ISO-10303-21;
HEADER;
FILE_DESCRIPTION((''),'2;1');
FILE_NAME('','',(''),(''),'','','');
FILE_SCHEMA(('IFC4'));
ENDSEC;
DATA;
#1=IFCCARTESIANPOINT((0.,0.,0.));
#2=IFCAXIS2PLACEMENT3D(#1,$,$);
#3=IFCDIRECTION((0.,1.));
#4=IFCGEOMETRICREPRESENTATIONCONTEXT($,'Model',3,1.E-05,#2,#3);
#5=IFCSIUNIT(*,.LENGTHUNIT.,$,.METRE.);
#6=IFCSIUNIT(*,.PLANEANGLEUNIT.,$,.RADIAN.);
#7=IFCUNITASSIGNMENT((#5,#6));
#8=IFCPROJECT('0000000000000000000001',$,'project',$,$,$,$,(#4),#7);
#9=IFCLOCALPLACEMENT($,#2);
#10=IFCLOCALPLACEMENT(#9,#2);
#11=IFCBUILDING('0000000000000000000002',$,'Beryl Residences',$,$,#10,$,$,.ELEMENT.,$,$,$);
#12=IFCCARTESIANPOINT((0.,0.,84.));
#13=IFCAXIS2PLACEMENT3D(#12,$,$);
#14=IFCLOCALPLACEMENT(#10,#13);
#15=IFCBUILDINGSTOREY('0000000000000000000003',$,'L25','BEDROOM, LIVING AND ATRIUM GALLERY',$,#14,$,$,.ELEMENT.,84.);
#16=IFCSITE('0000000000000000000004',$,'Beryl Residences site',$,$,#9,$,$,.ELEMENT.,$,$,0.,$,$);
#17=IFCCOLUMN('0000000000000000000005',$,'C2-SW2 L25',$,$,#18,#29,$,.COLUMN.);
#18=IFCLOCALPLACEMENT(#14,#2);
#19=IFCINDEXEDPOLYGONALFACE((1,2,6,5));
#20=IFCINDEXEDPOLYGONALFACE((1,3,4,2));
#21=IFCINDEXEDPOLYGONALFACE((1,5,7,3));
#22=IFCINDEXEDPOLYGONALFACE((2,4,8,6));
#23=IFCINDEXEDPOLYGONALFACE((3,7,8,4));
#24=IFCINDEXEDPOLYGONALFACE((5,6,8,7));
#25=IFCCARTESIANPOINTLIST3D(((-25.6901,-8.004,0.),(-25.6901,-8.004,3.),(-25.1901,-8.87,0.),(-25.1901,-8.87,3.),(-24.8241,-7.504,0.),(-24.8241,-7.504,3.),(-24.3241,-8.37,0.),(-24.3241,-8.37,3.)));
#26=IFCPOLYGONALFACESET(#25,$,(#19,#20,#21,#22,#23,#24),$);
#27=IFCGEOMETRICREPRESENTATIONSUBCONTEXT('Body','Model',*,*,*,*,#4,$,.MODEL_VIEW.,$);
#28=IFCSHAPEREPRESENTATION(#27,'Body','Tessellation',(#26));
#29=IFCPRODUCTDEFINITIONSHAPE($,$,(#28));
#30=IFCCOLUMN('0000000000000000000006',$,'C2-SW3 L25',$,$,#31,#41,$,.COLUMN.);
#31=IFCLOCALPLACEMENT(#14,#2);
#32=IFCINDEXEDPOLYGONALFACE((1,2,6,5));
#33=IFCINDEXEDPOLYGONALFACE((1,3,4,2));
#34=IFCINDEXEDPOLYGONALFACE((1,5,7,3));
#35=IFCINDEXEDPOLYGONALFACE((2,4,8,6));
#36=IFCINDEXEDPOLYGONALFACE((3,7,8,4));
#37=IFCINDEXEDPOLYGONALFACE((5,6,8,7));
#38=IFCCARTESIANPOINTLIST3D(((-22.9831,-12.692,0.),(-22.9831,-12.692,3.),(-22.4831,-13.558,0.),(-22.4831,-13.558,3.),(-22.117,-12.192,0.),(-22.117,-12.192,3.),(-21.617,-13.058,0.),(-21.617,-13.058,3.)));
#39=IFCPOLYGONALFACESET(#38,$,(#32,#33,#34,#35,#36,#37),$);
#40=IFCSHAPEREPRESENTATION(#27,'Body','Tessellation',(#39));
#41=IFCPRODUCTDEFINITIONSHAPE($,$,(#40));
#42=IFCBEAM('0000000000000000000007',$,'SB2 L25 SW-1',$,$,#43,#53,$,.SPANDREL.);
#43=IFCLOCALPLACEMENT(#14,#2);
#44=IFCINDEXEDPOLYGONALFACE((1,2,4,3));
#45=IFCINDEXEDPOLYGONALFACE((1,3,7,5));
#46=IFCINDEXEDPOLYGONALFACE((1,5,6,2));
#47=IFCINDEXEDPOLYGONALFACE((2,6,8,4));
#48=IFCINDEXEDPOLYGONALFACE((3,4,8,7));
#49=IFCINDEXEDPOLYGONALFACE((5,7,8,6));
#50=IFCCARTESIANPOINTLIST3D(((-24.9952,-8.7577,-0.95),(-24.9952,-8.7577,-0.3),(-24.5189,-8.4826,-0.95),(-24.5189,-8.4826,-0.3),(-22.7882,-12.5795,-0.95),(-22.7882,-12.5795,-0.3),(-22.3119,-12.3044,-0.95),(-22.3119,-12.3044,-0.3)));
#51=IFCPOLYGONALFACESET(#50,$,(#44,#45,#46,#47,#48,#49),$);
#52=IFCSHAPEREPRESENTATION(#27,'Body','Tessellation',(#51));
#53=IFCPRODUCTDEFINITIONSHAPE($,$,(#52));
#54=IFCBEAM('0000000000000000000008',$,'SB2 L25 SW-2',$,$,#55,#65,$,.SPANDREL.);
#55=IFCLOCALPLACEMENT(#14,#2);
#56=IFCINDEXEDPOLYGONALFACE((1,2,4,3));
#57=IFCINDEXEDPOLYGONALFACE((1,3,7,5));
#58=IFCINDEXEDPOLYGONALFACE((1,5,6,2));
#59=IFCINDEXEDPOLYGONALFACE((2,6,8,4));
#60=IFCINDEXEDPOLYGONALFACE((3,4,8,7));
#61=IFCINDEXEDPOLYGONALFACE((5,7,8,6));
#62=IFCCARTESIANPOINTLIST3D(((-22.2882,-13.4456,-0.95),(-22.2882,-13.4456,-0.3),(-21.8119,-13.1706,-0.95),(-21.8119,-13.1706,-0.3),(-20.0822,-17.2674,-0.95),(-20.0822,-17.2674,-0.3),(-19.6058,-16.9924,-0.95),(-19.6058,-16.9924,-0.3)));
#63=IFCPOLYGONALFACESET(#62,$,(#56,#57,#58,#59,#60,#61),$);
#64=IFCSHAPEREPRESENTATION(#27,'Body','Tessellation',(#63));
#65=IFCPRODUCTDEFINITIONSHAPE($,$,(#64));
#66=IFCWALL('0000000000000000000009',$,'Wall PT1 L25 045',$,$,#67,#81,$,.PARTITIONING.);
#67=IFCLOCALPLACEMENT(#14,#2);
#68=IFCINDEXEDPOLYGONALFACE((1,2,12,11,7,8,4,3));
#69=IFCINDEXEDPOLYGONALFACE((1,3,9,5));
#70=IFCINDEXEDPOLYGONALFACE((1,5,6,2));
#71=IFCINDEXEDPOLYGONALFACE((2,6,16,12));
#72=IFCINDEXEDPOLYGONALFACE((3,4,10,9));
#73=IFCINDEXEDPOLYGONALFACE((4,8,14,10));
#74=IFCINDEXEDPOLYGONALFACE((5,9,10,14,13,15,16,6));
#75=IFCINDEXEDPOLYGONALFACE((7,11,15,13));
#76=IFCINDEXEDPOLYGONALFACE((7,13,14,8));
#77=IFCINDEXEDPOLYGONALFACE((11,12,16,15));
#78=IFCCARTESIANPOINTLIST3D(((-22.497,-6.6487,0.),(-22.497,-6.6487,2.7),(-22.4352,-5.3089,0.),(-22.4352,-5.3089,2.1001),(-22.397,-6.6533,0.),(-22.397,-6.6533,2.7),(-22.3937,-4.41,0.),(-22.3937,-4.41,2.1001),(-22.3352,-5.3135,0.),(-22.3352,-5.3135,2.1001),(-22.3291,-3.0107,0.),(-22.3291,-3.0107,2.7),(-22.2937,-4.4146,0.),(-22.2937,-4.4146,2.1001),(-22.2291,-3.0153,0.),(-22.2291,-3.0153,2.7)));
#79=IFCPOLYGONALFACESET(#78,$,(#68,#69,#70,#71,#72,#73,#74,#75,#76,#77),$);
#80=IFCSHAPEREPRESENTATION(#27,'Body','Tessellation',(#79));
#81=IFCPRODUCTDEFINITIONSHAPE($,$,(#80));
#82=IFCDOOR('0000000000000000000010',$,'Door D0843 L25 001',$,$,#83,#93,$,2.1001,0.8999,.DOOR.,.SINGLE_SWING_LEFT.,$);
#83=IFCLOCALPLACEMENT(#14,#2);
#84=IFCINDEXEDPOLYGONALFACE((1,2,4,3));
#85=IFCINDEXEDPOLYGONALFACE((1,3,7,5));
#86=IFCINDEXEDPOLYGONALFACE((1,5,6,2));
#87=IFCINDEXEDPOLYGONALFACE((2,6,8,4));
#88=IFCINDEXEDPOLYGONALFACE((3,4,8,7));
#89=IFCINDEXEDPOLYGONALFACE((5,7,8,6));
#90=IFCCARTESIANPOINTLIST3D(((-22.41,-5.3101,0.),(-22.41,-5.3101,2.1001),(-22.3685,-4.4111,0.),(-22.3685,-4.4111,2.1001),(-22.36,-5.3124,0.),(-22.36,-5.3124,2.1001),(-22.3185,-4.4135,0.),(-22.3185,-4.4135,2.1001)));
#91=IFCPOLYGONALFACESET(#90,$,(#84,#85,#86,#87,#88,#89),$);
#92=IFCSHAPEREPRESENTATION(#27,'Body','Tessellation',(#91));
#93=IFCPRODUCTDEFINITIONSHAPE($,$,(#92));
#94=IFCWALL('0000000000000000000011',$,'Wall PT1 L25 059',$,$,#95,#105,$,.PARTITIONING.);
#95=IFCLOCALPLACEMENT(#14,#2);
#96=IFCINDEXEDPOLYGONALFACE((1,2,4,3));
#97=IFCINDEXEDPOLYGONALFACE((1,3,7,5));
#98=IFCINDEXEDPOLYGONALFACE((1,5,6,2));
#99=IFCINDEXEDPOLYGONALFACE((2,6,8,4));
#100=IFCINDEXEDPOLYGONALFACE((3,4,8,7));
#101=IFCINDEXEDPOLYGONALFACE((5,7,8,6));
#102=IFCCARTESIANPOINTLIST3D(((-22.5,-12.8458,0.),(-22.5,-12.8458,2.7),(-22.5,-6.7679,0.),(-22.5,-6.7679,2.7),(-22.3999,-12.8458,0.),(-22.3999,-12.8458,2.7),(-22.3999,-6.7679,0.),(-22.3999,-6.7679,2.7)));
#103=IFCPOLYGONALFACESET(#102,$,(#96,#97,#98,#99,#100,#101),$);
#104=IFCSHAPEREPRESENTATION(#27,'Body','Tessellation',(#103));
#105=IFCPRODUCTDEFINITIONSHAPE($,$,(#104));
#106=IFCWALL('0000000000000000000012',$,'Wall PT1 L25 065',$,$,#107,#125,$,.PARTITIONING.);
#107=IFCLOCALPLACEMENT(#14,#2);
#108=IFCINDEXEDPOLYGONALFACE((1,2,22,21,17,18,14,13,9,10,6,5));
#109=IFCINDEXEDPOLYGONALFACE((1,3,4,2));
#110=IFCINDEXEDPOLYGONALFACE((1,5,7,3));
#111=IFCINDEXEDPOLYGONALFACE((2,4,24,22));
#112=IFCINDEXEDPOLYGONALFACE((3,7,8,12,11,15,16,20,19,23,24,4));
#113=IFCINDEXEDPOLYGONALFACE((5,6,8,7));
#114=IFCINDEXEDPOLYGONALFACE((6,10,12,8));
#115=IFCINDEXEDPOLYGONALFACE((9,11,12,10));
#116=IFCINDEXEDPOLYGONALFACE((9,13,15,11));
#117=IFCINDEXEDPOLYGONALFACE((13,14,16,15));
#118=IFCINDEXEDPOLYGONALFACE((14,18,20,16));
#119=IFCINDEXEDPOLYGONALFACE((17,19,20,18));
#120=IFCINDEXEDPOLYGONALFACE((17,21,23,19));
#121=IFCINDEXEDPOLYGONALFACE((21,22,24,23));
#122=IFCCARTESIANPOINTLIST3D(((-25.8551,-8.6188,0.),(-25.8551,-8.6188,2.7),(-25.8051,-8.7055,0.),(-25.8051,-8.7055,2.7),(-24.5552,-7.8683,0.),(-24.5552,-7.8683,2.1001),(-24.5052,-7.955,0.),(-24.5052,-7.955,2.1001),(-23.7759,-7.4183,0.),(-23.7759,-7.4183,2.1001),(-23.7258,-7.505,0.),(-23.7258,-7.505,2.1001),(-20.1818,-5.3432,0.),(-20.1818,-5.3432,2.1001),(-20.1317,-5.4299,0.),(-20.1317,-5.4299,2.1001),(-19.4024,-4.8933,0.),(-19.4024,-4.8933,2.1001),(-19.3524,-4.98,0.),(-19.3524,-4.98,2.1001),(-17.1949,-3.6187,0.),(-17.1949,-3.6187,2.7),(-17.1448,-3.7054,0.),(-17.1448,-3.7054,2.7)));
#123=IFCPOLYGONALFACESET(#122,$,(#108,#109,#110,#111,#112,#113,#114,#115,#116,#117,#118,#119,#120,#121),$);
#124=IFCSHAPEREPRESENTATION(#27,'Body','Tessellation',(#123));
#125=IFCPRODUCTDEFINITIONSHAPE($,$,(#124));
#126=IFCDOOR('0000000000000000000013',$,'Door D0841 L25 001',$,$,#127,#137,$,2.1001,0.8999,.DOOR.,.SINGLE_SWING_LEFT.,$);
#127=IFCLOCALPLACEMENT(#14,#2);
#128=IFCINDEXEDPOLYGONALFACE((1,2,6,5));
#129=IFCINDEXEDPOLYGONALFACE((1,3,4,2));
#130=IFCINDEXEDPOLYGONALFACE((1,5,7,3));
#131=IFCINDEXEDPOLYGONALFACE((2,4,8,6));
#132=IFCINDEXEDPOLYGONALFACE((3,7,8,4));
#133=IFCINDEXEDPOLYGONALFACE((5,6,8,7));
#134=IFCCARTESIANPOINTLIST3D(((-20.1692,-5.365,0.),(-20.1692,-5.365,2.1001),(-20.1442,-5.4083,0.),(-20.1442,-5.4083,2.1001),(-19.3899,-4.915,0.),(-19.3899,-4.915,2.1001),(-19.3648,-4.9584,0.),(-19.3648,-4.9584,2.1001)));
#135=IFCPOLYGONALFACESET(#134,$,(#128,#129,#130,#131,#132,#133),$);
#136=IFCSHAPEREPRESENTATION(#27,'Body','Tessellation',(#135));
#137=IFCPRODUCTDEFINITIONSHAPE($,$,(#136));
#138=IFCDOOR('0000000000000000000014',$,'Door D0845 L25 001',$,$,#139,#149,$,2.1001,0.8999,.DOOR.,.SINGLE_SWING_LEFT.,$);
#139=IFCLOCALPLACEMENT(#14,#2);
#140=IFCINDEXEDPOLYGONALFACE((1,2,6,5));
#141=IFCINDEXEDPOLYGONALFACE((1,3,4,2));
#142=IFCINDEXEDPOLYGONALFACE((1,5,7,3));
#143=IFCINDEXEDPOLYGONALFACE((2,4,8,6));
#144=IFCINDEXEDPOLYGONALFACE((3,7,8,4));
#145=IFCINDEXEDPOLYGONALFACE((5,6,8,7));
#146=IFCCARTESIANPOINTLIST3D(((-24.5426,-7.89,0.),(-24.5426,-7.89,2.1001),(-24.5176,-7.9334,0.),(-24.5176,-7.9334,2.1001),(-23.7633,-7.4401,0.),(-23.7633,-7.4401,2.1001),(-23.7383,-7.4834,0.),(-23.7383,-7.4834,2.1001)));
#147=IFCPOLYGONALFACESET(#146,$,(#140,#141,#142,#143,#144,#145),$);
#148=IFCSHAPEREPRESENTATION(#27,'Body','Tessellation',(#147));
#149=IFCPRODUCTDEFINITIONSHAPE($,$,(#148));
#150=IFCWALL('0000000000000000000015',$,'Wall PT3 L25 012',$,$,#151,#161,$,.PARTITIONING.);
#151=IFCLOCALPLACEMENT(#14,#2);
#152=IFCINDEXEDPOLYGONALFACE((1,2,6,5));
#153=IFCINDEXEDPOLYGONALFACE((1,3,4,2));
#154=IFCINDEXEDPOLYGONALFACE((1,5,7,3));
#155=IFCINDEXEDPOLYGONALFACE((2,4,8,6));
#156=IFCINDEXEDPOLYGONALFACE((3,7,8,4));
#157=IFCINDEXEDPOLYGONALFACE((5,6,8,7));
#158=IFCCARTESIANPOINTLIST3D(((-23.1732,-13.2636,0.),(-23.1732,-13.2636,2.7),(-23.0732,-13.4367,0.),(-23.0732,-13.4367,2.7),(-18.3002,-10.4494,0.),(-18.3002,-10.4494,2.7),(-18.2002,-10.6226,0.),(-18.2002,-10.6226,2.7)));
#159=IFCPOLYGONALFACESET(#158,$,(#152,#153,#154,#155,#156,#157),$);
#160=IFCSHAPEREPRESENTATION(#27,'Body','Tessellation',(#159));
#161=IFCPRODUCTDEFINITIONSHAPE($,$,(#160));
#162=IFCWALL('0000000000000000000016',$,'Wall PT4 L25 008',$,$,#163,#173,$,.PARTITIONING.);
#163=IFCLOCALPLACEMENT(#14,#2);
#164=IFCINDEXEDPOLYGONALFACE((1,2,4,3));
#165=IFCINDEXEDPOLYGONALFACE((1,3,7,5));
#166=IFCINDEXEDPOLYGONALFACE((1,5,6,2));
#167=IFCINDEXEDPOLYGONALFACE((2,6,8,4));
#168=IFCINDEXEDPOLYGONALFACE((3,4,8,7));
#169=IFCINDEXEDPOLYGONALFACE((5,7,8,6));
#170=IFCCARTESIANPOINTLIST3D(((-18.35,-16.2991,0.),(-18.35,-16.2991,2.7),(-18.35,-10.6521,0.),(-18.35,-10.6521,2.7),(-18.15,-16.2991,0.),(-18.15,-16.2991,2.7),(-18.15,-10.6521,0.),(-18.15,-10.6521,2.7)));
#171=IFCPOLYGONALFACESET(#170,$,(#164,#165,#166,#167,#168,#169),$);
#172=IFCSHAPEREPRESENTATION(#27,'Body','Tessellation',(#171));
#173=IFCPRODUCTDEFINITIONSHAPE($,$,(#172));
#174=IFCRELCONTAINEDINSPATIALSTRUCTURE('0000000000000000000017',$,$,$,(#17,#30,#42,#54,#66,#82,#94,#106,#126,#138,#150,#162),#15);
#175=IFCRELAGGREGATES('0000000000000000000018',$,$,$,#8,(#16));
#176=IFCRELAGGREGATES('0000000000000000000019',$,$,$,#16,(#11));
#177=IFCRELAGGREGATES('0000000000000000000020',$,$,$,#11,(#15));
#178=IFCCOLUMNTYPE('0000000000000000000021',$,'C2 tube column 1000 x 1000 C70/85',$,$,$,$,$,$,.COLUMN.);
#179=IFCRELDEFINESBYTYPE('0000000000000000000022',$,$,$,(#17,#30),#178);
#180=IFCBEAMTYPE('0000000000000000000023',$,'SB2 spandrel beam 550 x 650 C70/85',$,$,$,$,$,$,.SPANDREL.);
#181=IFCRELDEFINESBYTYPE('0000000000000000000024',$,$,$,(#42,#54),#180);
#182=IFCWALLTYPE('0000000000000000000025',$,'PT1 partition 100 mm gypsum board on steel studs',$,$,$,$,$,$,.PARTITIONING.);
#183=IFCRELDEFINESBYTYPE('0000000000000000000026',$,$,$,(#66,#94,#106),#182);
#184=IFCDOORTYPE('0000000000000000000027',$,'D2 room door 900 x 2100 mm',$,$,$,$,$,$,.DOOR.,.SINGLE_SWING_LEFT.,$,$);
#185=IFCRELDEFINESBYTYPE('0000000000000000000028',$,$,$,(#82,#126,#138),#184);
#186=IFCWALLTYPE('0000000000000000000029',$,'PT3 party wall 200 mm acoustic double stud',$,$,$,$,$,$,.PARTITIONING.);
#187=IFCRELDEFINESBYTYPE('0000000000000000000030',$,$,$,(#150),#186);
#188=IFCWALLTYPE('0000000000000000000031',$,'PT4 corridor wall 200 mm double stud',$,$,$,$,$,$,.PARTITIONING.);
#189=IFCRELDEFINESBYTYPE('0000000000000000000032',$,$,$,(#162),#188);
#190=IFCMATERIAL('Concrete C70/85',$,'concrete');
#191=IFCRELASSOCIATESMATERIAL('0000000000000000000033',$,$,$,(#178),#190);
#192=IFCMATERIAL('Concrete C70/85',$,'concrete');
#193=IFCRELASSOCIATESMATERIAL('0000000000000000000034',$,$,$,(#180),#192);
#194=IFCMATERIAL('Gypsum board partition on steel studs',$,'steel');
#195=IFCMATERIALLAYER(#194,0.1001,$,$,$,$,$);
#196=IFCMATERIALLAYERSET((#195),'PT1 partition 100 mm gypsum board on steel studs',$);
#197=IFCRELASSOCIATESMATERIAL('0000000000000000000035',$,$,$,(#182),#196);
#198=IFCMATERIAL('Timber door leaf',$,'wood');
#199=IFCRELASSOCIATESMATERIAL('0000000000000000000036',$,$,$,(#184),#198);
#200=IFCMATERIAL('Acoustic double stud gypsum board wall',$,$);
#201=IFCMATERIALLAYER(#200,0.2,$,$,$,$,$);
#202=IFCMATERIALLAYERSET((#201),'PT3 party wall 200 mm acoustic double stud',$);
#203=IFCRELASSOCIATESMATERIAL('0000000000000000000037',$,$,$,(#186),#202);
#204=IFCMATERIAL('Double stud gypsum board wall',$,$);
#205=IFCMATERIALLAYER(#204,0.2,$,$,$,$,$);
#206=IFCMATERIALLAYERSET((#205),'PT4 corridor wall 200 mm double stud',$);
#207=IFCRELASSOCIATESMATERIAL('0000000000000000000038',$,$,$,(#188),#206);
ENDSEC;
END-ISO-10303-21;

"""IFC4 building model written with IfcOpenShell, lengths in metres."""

from ifc_helpers import new_model, si_unit, direction, frame, frame_2d, origin, origin_2d, place, context, subcontext, project, spatial, rectangle, extrude, material, layer, layer_set, material_profile, profile_set, type_object, element, fill, save


model = new_model("IFC4")

# Units and contexts
model_context = context("Model", 3, precision=1e-05, world=origin(), true_north=direction((0.0, 1.0)))
body_context = subcontext(model_context, "Body", "Model", "MODEL_VIEW")
ifc_project = project(units=[si_unit("LENGTHUNIT", "METRE"), si_unit("PLANEANGLEUNIT", "RADIAN")], contexts=[model_context])

# Site, building, storey
site_placement = place(None, origin())
site = spatial("IfcSite", under=ifc_project, at=site_placement, Name="Beryl Residences site", CompositionType="ELEMENT", RefElevation=0.0)
building_placement = place(site_placement, origin())
building = spatial("IfcBuilding", under=site, at=building_placement, Name="Beryl Residences", CompositionType="ELEMENT")
storey_placement = place(building_placement, frame((0.0, 0.0, 84.0)))
storey = spatial("IfcBuildingStorey", under=building, at=storey_placement, Name="L25", Description="BEDROOM, LIVING AND ATRIUM GALLERY", CompositionType="ELEMENT", Elevation=84.0)

# Columns
ifc_material_1 = material(Name="Concrete C70/85", Category="concrete")
ifc_material_profile_1 = material_profile(ifc_material_1, rectangle(XDim=1.0, YDim=1.0, at=origin_2d()))
ifc_profile_set_1 = profile_set([ifc_material_profile_1], Name="Concrete C70/85")
column_type = type_object("IfcColumnType", Name="C2 tube column 1000 x 1000 C70/85", PredefinedType="COLUMN", material=ifc_profile_set_1)
for number, where, z_axis, x_axis, name in (
    (1, (-25.0071, -8.187, 0.0), (0.0, 0.0, 1.0), (0.5, -0.866025, 0.0), "C2-SW2 L25"),
    (2, (-22.3, -12.875, 0.0), (0.0, 0.0, 1.0), (0.5, -0.866025, 0.0), "C2-SW3 L25"),
):
    element("IfcColumn", number, at=place(storey_placement, frame(where, z_axis=z_axis, x_axis=x_axis)), inside=storey, type_object=column_type, Name=name, PredefinedType="COLUMN", context=body_context, shape_type="SweptSolid", body=[
        extrude(rectangle(XDim=1.0, YDim=1.0, at=origin_2d()), origin(), (0.0, 0.0, 1.0), 3.0),
    ])

# Beams
ifc_material_2 = material(Name="Concrete C70/85", Category="concrete")
ifc_material_profile_2 = material_profile(ifc_material_2, rectangle(XDim=0.55, YDim=0.6499, at=origin_2d()))
ifc_profile_set_2 = profile_set([ifc_material_profile_2], Name="Concrete C70/85")
beam_type = type_object("IfcBeamType", Name="SB2 spandrel beam 550 x 650 C70/85", PredefinedType="SPANDREL", material=ifc_profile_set_2)
beam_1_placement = place(storey_placement, frame((-24.7571, -8.6201, -0.625), z_axis=(0.50009, -0.865974, 0.0), x_axis=(0.865974, 0.50009, 0.0)))
element("IfcBeam", 3, at=beam_1_placement, inside=storey, type_object=beam_type, Name="SB2 L25 SW-1", PredefinedType="SPANDREL", context=body_context, shape_type="SweptSolid", body=[
    extrude(rectangle(XDim=0.55, YDim=0.6499, at=origin_2d()), origin(), (0.0, 0.0, 1.0), 4.4133),
])
beam_2_placement = place(storey_placement, frame((-22.05, -13.3081, -0.625), z_axis=(0.499924, -0.86607, 0.0), x_axis=(0.86607, 0.499924, 0.0)))
element("IfcBeam", 4, at=beam_2_placement, inside=storey, type_object=beam_type, Name="SB2 L25 SW-2", PredefinedType="SPANDREL", context=body_context, shape_type="SweptSolid", body=[
    extrude(rectangle(XDim=0.55, YDim=0.6499, at=origin_2d()), origin(), (0.0, 0.0, 1.0), 4.4128),
])

# Wall, opening, door
ifc_material_3 = material(Name="Gypsum board partition on steel studs", Category="steel")
ifc_layer_1 = layer(ifc_material_3, 0.1001)
ifc_layer_set_1 = layer_set([ifc_layer_1], Name="PT1 partition 100 mm gypsum board on steel studs")
wall_type_1 = type_object("IfcWallType", Name="PT1 partition 100 mm gypsum board on steel studs", PredefinedType="PARTITIONING", material=ifc_layer_set_1)
wall_1_placement = place(storey_placement, frame((-22.447, -6.6509, 0.0), z_axis=(0.0, 0.0, 1.0), x_axis=(0.046122, 0.998936, 0.0)))
wall_1 = element("IfcWall", 5, at=wall_1_placement, inside=storey, type_object=wall_type_1, Name="Wall PT1 L25 045", PredefinedType="PARTITIONING", context=body_context, shape_type="SweptSolid", body=[
    extrude(rectangle(XDim=3.6418, YDim=0.1001, at=frame_2d((1.8208, 0.0))), origin(), (0.0, 0.0, 1.0), 2.7),
])
opening_1_placement = place(wall_1_placement, frame((1.3411, 0.0, 0.0)))
opening_1 = element("IfcOpeningElement", 6, at=opening_1_placement, cuts=wall_1, PredefinedType="OPENING", context=body_context, shape_type="SweptSolid", body=[
    extrude(rectangle(XDim=0.8999, YDim=2.1001, at=frame_2d((0.45, 1.05))), frame((0.0, 0.0601, 0.0), z_axis=(0.0, -1.0, 0.0), x_axis=(1.0, 0.0, 0.0)), (0.0, 0.0, 1.0), 0.1201),
])
ifc_material_4 = material(Name="Timber door leaf", Category="wood")
door_type_1 = type_object("IfcDoorType", Name="D2 room door 900 x 2100 mm", OperationType="SINGLE_SWING_LEFT", PredefinedType="DOOR", material=ifc_material_4)
door_1_placement = place(opening_1_placement, origin())
door_1 = element("IfcDoor", 7, at=door_1_placement, inside=storey, type_object=door_type_1, Name="Door D0843 L25 001", OperationType="SINGLE_SWING_LEFT", OverallHeight=2.1001, OverallWidth=0.8999, PredefinedType="DOOR", context=body_context, shape_type="SweptSolid", body=[
    extrude(rectangle(XDim=0.8999, YDim=2.1001, at=frame_2d((0.45, 1.05))), frame((0.0, 0.0249, 0.0), z_axis=(0.0, -1.0, 0.0), x_axis=(1.0, 0.0, 0.0)), (0.0, 0.0, 1.0), 0.05),
])
fill(opening_1, door_1)

# Wall
wall_2_placement = place(storey_placement, frame((-22.45, -12.8459, 0.0), z_axis=(0.0, 0.0, 1.0), x_axis=(0.0, 1.0, 0.0)))
element("IfcWall", 8, at=wall_2_placement, inside=storey, type_object=wall_type_1, Name="Wall PT1 L25 059", PredefinedType="PARTITIONING", context=body_context, shape_type="SweptSolid", body=[
    extrude(rectangle(XDim=6.0779, YDim=0.1001, at=frame_2d((3.0391, 0.0))), origin(), (0.0, 0.0, 1.0), 2.7),
])

# Wall, openings, doors
wall_3_placement = place(storey_placement, frame((-25.8301, -8.6621, 0.0), z_axis=(0.0, 0.0, 1.0), x_axis=(0.866023, 0.500004, 0.0)))
wall_3 = element("IfcWall", 9, at=wall_3_placement, inside=storey, type_object=wall_type_1, Name="Wall PT1 L25 065", PredefinedType="PARTITIONING", context=body_context, shape_type="SweptSolid", body=[
    extrude(rectangle(XDim=10.0, YDim=0.1001, at=frame_2d((5.0, 0.0))), origin(), (0.0, 0.0, 1.0), 2.7),
])
opening_2_placement = place(wall_3_placement, frame((6.551, 0.0, 0.0)))
opening_2 = element("IfcOpeningElement", 10, at=opening_2_placement, cuts=wall_3, PredefinedType="OPENING", context=body_context, shape_type="SweptSolid", body=[
    extrude(rectangle(XDim=0.8999, YDim=2.1001, at=frame_2d((0.45, 1.05))), frame((0.0, 0.0601, 0.0), z_axis=(0.0, -1.0, 0.0), x_axis=(1.0, 0.0, 0.0)), (0.0, 0.0, 1.0), 0.1201),
])
opening_3_placement = place(wall_3_placement, frame((1.501, 0.0, 0.0)))
opening_3 = element("IfcOpeningElement", 11, at=opening_3_placement, cuts=wall_3, PredefinedType="OPENING", context=body_context, shape_type="SweptSolid", body=[
    extrude(rectangle(XDim=0.8999, YDim=2.1001, at=frame_2d((0.45, 1.05))), frame((0.0, 0.0601, 0.0), z_axis=(0.0, -1.0, 0.0), x_axis=(1.0, 0.0, 0.0)), (0.0, 0.0, 1.0), 0.1201),
])
door_2_placement = place(opening_2_placement, origin())
door_2 = element("IfcDoor", 12, at=door_2_placement, inside=storey, type_object=door_type_1, Name="Door D0841 L25 001", OperationType="SINGLE_SWING_LEFT", OverallHeight=2.1001, OverallWidth=0.8999, PredefinedType="DOOR", context=body_context, shape_type="SweptSolid", body=[
    extrude(rectangle(XDim=0.8999, YDim=2.1001, at=frame_2d((0.45, 1.05))), frame((0.0, 0.0249, 0.0), z_axis=(0.0, -1.0, 0.0), x_axis=(1.0, 0.0, 0.0)), (0.0, 0.0, 1.0), 0.05),
])
fill(opening_2, door_2)
door_3_placement = place(opening_3_placement, origin())
door_3 = element("IfcDoor", 13, at=door_3_placement, inside=storey, type_object=door_type_1, Name="Door D0845 L25 001", OperationType="SINGLE_SWING_LEFT", OverallHeight=2.1001, OverallWidth=0.8999, PredefinedType="DOOR", context=body_context, shape_type="SweptSolid", body=[
    extrude(rectangle(XDim=0.8999, YDim=2.1001, at=frame_2d((0.45, 1.05))), frame((0.0, 0.0249, 0.0), z_axis=(0.0, -1.0, 0.0), x_axis=(1.0, 0.0, 0.0)), (0.0, 0.0, 1.0), 0.05),
])
fill(opening_3, door_3)

# Walls
ifc_material_5 = material(Name="Acoustic double stud gypsum board wall")
ifc_layer_2 = layer(ifc_material_5, 0.2)
ifc_layer_set_2 = layer_set([ifc_layer_2], Name="PT3 party wall 200 mm acoustic double stud")
wall_type_2 = type_object("IfcWallType", Name="PT3 party wall 200 mm acoustic double stud", PredefinedType="PARTITIONING", material=ifc_layer_set_2)
wall_4_placement = place(storey_placement, frame((-23.123, -13.3501, 0.0), z_axis=(0.0, 0.0, 1.0), x_axis=(0.865967, 0.5001, 0.0)))
element("IfcWall", 14, at=wall_4_placement, inside=storey, type_object=wall_type_2, Name="Wall PT3 L25 012", PredefinedType="PARTITIONING", context=body_context, shape_type="SweptSolid", body=[
    extrude(rectangle(XDim=5.6272, YDim=0.2, at=frame_2d((2.8135, 0.0))), origin(), (0.0, 0.0, 1.0), 2.7),
])
ifc_material_6 = material(Name="Double stud gypsum board wall")
ifc_layer_3 = layer(ifc_material_6, 0.2)
ifc_layer_set_3 = layer_set([ifc_layer_3], Name="PT4 corridor wall 200 mm double stud")
wall_type_3 = type_object("IfcWallType", Name="PT4 corridor wall 200 mm double stud", PredefinedType="PARTITIONING", material=ifc_layer_set_3)
wall_5_placement = place(storey_placement, frame((-18.25, -10.6521, 0.0), z_axis=(0.0, 0.0, 1.0), x_axis=(0.0, -1.0, 0.0)))
element("IfcWall", 15, at=wall_5_placement, inside=storey, type_object=wall_type_3, Name="Wall PT4 L25 008", PredefinedType="PARTITIONING", context=body_context, shape_type="SweptSolid", body=[
    extrude(rectangle(XDim=5.647, YDim=0.2, at=frame_2d((2.8235, 0.0))), origin(), (0.0, 0.0, 1.0), 2.7),
])

save(model, "model.ifc")
